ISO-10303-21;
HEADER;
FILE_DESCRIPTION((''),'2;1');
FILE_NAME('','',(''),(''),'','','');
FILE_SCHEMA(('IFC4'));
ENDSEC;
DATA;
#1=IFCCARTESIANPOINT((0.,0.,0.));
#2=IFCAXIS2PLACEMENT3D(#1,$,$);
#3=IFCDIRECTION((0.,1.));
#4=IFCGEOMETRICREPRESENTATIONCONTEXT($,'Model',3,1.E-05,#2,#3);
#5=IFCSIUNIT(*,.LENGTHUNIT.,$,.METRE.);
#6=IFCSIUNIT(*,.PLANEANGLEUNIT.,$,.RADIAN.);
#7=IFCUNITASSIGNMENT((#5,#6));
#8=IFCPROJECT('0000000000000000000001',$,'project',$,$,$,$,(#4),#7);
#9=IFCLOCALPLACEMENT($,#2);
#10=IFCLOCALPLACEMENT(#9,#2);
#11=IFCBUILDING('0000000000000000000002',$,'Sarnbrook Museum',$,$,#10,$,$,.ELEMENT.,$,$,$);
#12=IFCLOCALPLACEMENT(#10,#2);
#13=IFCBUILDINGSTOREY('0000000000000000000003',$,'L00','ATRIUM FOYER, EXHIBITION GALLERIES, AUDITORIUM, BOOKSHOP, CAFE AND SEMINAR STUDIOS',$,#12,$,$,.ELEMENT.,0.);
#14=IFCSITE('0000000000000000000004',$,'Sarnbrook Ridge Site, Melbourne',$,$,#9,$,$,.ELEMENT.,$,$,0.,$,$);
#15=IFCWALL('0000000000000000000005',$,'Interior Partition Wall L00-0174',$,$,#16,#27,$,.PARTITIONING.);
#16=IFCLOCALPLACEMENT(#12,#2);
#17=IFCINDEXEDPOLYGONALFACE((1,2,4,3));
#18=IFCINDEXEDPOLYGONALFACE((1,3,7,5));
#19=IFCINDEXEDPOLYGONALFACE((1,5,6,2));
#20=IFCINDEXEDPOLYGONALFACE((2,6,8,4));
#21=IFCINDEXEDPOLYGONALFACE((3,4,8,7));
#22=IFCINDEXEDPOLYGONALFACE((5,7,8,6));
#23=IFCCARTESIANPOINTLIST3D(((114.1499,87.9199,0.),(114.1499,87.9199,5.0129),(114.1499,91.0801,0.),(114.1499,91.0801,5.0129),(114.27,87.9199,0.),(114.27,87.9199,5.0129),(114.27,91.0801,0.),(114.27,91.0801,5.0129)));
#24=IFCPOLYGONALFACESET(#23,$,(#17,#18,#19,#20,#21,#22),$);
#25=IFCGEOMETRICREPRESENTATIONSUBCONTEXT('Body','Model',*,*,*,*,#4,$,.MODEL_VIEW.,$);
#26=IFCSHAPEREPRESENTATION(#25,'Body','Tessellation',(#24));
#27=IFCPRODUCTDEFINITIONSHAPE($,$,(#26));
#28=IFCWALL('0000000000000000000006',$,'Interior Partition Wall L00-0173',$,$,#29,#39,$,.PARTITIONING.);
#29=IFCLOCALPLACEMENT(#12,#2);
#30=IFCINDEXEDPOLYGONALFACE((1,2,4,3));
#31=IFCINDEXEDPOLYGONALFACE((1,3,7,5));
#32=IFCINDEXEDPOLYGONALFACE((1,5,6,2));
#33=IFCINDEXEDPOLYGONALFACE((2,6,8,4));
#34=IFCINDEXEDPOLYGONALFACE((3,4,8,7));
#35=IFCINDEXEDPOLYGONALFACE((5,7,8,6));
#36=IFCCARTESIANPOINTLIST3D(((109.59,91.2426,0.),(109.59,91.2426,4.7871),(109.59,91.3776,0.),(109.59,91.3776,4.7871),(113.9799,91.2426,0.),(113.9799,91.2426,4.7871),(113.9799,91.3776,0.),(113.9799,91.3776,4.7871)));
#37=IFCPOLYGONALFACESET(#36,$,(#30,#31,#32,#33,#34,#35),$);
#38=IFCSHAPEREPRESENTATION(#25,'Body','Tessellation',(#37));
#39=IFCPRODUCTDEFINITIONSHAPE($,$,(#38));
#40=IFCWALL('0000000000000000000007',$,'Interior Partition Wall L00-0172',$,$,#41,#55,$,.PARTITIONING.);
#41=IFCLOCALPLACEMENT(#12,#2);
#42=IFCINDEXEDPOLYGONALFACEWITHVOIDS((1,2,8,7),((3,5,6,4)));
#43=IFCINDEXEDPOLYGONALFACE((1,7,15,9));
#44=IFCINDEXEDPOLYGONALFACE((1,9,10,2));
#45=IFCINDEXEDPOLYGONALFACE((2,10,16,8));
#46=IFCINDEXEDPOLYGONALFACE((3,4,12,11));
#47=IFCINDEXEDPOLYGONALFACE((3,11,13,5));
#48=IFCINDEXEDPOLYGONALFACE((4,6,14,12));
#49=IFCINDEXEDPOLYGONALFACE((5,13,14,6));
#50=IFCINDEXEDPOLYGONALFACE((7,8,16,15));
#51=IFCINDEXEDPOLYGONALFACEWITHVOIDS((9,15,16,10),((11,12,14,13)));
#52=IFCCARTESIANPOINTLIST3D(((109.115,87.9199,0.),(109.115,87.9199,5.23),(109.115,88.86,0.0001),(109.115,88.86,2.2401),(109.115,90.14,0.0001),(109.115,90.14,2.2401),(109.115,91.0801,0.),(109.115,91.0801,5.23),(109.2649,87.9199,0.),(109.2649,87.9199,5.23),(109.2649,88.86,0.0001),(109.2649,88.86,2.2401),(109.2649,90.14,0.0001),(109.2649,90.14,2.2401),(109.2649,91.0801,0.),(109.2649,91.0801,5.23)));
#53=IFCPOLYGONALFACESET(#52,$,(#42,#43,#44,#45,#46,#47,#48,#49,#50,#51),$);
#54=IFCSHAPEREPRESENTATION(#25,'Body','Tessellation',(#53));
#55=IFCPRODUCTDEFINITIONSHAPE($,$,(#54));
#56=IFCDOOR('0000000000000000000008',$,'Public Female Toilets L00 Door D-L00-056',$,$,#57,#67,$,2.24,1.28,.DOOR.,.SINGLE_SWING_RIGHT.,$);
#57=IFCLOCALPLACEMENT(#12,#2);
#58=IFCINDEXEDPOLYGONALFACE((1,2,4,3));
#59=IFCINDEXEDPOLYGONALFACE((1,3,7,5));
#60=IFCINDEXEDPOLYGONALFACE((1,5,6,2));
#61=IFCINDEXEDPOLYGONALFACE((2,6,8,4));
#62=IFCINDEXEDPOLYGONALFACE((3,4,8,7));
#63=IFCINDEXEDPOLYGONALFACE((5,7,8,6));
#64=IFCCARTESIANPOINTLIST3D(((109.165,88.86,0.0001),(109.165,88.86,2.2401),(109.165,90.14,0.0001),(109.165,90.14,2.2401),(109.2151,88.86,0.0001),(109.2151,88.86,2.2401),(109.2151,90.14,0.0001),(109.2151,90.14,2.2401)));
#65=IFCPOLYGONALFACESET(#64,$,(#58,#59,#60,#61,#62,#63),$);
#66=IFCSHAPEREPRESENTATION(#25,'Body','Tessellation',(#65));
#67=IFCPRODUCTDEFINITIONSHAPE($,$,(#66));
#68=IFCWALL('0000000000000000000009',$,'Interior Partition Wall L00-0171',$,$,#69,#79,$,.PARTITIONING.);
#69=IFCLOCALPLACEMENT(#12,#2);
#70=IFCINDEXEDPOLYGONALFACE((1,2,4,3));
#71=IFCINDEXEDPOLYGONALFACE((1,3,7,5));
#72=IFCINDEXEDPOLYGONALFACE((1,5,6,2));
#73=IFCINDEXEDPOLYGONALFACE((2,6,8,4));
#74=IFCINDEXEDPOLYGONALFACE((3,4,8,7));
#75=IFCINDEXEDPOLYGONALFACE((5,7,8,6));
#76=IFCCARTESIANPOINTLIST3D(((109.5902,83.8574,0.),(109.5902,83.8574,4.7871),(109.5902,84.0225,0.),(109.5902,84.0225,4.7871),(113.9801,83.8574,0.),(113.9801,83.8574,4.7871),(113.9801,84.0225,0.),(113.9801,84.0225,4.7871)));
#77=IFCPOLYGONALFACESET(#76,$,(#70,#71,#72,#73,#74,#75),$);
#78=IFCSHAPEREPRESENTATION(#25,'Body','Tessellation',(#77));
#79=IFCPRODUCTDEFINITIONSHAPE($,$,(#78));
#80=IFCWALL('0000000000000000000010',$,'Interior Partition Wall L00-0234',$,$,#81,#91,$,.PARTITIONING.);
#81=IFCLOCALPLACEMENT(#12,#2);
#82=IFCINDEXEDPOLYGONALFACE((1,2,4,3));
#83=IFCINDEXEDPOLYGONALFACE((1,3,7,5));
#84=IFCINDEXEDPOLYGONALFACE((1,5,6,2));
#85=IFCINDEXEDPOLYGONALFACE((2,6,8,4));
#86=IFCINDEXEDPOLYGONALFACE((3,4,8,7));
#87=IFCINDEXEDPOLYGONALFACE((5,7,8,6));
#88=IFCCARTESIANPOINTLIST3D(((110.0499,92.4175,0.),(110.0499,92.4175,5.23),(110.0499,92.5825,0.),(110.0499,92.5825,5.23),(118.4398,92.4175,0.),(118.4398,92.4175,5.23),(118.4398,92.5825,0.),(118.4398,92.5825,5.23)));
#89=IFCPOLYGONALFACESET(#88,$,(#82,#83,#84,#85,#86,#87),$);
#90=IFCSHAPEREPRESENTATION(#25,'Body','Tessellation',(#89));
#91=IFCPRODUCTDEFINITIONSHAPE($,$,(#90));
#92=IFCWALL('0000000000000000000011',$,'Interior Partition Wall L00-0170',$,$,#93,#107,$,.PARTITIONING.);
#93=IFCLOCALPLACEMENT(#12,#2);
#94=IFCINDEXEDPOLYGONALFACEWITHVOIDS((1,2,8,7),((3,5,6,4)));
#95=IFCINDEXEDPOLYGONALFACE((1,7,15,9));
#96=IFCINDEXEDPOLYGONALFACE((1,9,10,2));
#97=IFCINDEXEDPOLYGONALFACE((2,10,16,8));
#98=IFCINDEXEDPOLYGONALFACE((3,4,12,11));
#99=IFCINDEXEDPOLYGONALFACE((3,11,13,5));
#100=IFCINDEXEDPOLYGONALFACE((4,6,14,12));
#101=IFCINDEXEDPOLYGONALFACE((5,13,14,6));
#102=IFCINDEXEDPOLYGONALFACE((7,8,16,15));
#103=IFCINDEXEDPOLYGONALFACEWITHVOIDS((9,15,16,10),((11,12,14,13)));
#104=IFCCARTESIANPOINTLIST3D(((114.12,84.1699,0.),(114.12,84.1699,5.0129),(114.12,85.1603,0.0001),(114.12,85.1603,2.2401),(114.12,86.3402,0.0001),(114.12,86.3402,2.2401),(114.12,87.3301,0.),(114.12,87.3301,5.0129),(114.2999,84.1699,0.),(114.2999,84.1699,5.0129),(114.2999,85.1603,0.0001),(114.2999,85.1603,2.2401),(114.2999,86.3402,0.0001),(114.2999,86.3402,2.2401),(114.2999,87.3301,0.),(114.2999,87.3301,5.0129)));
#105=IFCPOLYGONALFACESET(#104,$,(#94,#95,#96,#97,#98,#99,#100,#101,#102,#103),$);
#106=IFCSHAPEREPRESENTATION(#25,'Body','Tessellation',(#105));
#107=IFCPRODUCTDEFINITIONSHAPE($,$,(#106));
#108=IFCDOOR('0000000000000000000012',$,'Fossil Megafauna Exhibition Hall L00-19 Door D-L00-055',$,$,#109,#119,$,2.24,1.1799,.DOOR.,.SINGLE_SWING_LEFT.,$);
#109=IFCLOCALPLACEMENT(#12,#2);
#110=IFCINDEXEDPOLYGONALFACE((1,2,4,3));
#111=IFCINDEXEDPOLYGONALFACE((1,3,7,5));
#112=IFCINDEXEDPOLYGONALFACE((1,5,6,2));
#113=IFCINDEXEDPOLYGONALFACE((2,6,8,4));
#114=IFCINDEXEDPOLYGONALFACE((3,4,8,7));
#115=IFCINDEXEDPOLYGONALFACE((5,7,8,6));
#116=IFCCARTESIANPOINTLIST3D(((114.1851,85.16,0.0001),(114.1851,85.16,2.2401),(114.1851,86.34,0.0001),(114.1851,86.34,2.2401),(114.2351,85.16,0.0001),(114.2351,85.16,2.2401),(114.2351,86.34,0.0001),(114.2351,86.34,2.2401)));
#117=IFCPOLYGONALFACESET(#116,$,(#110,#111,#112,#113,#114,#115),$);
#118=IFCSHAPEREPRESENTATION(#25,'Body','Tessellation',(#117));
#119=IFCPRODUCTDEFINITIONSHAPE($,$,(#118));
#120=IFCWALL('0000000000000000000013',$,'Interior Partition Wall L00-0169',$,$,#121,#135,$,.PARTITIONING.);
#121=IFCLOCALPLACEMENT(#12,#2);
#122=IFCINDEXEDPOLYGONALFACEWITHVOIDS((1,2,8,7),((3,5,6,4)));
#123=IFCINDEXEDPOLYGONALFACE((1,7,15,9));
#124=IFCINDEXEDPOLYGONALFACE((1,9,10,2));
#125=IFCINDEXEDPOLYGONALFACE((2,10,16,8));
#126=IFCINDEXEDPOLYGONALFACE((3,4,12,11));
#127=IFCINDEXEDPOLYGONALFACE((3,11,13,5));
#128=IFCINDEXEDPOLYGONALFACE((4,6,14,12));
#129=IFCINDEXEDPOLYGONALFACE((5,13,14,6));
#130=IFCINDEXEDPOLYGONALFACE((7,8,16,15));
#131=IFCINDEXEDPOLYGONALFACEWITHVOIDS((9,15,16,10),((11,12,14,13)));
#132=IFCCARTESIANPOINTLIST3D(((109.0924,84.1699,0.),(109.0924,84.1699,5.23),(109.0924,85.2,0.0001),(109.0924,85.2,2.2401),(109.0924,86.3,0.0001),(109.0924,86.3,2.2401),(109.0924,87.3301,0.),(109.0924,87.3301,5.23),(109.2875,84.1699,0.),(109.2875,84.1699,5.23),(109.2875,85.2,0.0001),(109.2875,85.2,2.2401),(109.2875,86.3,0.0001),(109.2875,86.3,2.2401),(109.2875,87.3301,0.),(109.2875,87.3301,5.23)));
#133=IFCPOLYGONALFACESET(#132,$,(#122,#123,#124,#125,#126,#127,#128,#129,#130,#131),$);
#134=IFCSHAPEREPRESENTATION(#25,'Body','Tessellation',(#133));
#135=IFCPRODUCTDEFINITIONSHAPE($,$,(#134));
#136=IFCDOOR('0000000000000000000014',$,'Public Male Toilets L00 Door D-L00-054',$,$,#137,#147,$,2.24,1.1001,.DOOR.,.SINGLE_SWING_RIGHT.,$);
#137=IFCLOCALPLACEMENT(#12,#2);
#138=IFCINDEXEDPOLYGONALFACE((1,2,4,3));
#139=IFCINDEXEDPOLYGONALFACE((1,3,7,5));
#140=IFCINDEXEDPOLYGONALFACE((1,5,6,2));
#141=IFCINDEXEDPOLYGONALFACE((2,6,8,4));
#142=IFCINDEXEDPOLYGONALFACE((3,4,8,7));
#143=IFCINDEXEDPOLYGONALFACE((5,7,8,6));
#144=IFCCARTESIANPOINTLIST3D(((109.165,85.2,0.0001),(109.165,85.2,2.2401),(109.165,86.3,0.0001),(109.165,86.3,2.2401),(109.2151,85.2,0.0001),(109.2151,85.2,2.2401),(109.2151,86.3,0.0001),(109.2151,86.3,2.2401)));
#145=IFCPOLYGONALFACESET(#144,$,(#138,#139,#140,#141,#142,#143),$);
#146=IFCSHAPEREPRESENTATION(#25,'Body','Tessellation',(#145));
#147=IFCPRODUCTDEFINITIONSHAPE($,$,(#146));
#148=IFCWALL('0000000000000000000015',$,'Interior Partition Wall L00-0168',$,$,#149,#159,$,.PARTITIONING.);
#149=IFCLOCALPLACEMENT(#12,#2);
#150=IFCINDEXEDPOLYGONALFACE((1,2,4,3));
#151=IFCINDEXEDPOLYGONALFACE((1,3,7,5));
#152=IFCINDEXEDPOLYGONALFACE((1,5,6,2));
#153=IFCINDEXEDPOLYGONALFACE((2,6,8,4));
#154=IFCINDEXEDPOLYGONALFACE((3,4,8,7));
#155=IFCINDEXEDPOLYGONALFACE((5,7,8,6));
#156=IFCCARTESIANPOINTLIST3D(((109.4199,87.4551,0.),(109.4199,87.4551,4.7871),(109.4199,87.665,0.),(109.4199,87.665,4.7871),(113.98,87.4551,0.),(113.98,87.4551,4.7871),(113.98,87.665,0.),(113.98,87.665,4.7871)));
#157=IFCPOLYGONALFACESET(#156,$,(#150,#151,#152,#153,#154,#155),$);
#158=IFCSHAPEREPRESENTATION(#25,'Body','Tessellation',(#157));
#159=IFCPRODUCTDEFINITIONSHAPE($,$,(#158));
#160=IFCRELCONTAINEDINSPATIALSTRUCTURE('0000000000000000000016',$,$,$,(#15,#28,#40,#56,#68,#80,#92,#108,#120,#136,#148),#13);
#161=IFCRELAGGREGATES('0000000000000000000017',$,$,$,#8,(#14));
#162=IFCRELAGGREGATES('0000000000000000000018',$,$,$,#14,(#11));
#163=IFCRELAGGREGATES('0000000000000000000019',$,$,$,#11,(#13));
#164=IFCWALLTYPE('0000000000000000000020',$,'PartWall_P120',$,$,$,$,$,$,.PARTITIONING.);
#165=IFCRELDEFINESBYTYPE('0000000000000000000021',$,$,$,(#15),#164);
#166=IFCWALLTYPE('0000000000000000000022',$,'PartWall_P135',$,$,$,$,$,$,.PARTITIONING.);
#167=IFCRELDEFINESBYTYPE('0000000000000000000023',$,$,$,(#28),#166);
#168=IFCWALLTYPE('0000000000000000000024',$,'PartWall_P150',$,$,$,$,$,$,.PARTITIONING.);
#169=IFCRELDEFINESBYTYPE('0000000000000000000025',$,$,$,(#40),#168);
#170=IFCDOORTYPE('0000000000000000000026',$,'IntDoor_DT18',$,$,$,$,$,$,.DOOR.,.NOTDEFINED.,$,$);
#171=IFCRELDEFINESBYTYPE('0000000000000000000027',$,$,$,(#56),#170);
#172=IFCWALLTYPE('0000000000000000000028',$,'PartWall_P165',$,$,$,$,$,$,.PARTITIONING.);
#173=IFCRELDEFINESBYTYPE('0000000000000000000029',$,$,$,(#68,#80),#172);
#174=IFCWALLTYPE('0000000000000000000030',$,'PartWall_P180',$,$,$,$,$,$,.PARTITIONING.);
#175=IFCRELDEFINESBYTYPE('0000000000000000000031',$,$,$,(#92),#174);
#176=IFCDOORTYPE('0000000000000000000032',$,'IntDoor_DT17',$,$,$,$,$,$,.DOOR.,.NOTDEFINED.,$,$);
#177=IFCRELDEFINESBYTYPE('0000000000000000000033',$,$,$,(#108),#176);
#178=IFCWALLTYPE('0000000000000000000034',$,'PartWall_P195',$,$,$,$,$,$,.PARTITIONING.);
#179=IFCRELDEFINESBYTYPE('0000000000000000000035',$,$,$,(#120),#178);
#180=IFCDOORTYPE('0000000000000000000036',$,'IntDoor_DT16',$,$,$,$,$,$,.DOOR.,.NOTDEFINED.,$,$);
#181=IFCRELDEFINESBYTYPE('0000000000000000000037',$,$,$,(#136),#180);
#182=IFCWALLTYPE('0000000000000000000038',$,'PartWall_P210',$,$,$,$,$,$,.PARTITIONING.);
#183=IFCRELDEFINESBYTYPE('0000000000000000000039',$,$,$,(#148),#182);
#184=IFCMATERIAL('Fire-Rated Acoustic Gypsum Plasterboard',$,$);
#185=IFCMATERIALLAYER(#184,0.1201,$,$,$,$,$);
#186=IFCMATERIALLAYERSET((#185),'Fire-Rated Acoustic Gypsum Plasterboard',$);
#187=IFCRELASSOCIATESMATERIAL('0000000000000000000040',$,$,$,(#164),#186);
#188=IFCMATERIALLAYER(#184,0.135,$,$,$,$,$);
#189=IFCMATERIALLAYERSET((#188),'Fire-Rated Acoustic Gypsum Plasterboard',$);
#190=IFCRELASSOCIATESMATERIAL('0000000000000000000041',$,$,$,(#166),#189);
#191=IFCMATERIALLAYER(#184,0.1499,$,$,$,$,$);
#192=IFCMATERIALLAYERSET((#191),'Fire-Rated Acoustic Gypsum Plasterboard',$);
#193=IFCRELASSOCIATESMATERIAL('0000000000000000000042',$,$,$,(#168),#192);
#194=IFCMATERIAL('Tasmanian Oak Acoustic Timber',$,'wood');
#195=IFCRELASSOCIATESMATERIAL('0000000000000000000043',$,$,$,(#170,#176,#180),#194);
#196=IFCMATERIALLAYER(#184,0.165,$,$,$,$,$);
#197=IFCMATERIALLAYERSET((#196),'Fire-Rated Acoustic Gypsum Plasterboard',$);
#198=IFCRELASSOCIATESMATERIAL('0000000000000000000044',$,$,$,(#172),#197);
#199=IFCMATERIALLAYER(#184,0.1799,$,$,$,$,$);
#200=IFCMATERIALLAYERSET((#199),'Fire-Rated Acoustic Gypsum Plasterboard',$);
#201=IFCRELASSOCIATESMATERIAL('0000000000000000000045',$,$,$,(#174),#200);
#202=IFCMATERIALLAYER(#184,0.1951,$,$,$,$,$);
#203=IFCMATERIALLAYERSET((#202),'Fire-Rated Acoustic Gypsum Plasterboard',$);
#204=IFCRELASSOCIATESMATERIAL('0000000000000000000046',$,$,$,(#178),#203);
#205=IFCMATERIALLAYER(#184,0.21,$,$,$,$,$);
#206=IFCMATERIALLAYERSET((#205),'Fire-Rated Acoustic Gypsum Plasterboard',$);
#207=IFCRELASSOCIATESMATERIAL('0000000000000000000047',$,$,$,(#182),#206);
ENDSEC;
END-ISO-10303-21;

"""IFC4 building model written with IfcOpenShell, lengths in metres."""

from ifc_helpers import new_model, si_unit, direction, frame, frame_2d, origin, place, context, subcontext, project, spatial, rectangle, extrude, material, layer, layer_set, type_object, element, fill, save


model = new_model("IFC4")

# Units and contexts
model_context = context("Model", 3, precision=1e-05, world=origin(), true_north=direction((0.0, 1.0)))
body_context = subcontext(model_context, "Body", "Model", "MODEL_VIEW")
ifc_project = project(units=[si_unit("LENGTHUNIT", "METRE"), si_unit("PLANEANGLEUNIT", "RADIAN")], contexts=[model_context])

# Site, building, storey
site_placement = place(None, origin())
site = spatial("IfcSite", under=ifc_project, at=site_placement, Name="Sarnbrook Ridge Site, Melbourne", CompositionType="ELEMENT", RefElevation=0.0)
building_placement = place(site_placement, origin())
building = spatial("IfcBuilding", under=site, at=building_placement, Name="Sarnbrook Museum", CompositionType="ELEMENT")
storey_placement = place(building_placement, origin())
storey = spatial("IfcBuildingStorey", under=building, at=storey_placement, Name="L00", Description="ATRIUM FOYER, EXHIBITION GALLERIES, AUDITORIUM, BOOKSHOP, CAFE AND SEMINAR STUDIOS", CompositionType="ELEMENT", Elevation=0.0)

# Walls
ifc_material_1 = material(Name="Fire-Rated Acoustic Gypsum Plasterboard")
ifc_layer_1 = layer(ifc_material_1, 0.1201)
ifc_layer_set_1 = layer_set([ifc_layer_1], Name="Fire-Rated Acoustic Gypsum Plasterboard")
wall_type_1 = type_object("IfcWallType", Name="PartWall_P120", PredefinedType="PARTITIONING", material=ifc_layer_set_1)
wall_1_placement = place(storey_placement, frame((114.21, 91.0801, 0.0), z_axis=(0.0, 0.0, 1.0), x_axis=(0.0, -1.0, 0.0)))
element("IfcWall", 1, at=wall_1_placement, inside=storey, type_object=wall_type_1, Name="Interior Partition Wall L00-0174", PredefinedType="PARTITIONING", context=body_context, shape_type="SweptSolid", body=[
    extrude(rectangle(XDim=3.1602, YDim=0.1201, at=frame_2d((1.5801, 0.0))), origin(), (0.0, 0.0, 1.0), 5.0129),
])
ifc_layer_2 = layer(ifc_material_1, 0.135)
ifc_layer_set_2 = layer_set([ifc_layer_2], Name="Fire-Rated Acoustic Gypsum Plasterboard")
wall_type_2 = type_object("IfcWallType", Name="PartWall_P135", PredefinedType="PARTITIONING", material=ifc_layer_set_2)
wall_2_placement = place(storey_placement, frame((109.5901, 91.3101, 0.0), z_axis=(0.0, 0.0, 1.0), x_axis=(1.0, 0.0, 0.0)))
element("IfcWall", 2, at=wall_2_placement, inside=storey, type_object=wall_type_2, Name="Interior Partition Wall L00-0173", PredefinedType="PARTITIONING", context=body_context, shape_type="SweptSolid", body=[
    extrude(rectangle(XDim=4.3899, YDim=0.135, at=frame_2d((2.1948, 0.0))), origin(), (0.0, 0.0, 1.0), 4.7871),
])

# Wall, opening, door
ifc_layer_3 = layer(ifc_material_1, 0.1499)
ifc_layer_set_3 = layer_set([ifc_layer_3], Name="Fire-Rated Acoustic Gypsum Plasterboard")
wall_type_3 = type_object("IfcWallType", Name="PartWall_P150", PredefinedType="PARTITIONING", material=ifc_layer_set_3)
wall_3_placement = place(storey_placement, frame((109.1899, 87.9199, 0.0), z_axis=(0.0, 0.0, 1.0), x_axis=(0.0, 1.0, 0.0)))
wall_3 = element("IfcWall", 3, at=wall_3_placement, inside=storey, type_object=wall_type_3, Name="Interior Partition Wall L00-0172", PredefinedType="PARTITIONING", context=body_context, shape_type="SweptSolid", body=[
    extrude(rectangle(XDim=3.1602, YDim=0.1499, at=frame_2d((1.5801, 0.0))), origin(), (0.0, 0.0, 1.0), 5.23),
])
opening_1_placement = place(wall_3_placement, frame((0.9399, 0.0, 0.0)))
opening_1 = element("IfcOpeningElement", 4, at=opening_1_placement, cuts=wall_3, PredefinedType="OPENING", context=body_context, shape_type="SweptSolid", body=[
    extrude(rectangle(XDim=1.28, YDim=2.24, at=frame_2d((0.6401, 1.1201))), frame((0.0, 0.085, 0.0), z_axis=(0.0, -1.0, 0.0), x_axis=(1.0, 0.0, 0.0)), (0.0, 0.0, 1.0), 0.1699),
])
ifc_material_2 = material(Name="Tasmanian Oak Acoustic Timber", Category="wood")
door_type_1 = type_object("IfcDoorType", Name="IntDoor_DT18", OperationType="NOTDEFINED", PredefinedType="DOOR", material=ifc_material_2)
door_1_placement = place(opening_1_placement, origin())
door_1 = element("IfcDoor", 5, at=door_1_placement, inside=storey, type_object=door_type_1, Name="Public Female Toilets L00 Door D-L00-056", OperationType="SINGLE_SWING_RIGHT", OverallHeight=2.24, OverallWidth=1.28, PredefinedType="DOOR", context=body_context, shape_type="SweptSolid", body=[
    extrude(rectangle(XDim=1.28, YDim=2.24, at=frame_2d((0.6401, 1.1201))), frame((0.0, 0.0249, 0.0), z_axis=(0.0, -1.0, 0.0), x_axis=(1.0, 0.0, 0.0)), (0.0, 0.0, 1.0), 0.05),
])
fill(opening_1, door_1)

# Walls
ifc_layer_4 = layer(ifc_material_1, 0.165)
ifc_layer_set_4 = layer_set([ifc_layer_4], Name="Fire-Rated Acoustic Gypsum Plasterboard")
wall_type_4 = type_object("IfcWallType", Name="PartWall_P165", PredefinedType="PARTITIONING", material=ifc_layer_set_4)
wall_4_placement = place(storey_placement, frame((113.98, 83.9399, 0.0), z_axis=(0.0, 0.0, 1.0), x_axis=(-1.0, 0.0, 0.0)))
element("IfcWall", 6, at=wall_4_placement, inside=storey, type_object=wall_type_4, Name="Interior Partition Wall L00-0171", PredefinedType="PARTITIONING", context=body_context, shape_type="SweptSolid", body=[
    extrude(rectangle(XDim=4.3899, YDim=0.165, at=frame_2d((2.1948, 0.0))), origin(), (0.0, 0.0, 1.0), 4.7871),
])
wall_5_placement = place(storey_placement, frame((110.05, 92.5, 0.0), z_axis=(0.0, 0.0, 1.0), x_axis=(1.0, 0.0, 0.0)))
element("IfcWall", 7, at=wall_5_placement, inside=storey, type_object=wall_type_4, Name="Interior Partition Wall L00-0234", PredefinedType="PARTITIONING", context=body_context, shape_type="SweptSolid", body=[
    extrude(rectangle(XDim=8.3899, YDim=0.165, at=frame_2d((4.1948, 0.0))), origin(), (0.0, 0.0, 1.0), 5.23),
])

# Walls, openings, doors
ifc_layer_5 = layer(ifc_material_1, 0.1799)
ifc_layer_set_5 = layer_set([ifc_layer_5], Name="Fire-Rated Acoustic Gypsum Plasterboard")
wall_type_5 = type_object("IfcWallType", Name="PartWall_P180", PredefinedType="PARTITIONING", material=ifc_layer_set_5)
wall_6_placement = place(storey_placement, frame((114.21, 87.3301, 0.0), z_axis=(0.0, 0.0, 1.0), x_axis=(0.0, -1.0, 0.0)))
wall_6 = element("IfcWall", 8, at=wall_6_placement, inside=storey, type_object=wall_type_5, Name="Interior Partition Wall L00-0170", PredefinedType="PARTITIONING", context=body_context, shape_type="SweptSolid", body=[
    extrude(rectangle(XDim=3.1602, YDim=0.1799, at=frame_2d((1.5801, 0.0))), origin(), (0.0, 0.0, 1.0), 5.0129),
])
opening_2_placement = place(wall_6_placement, frame((0.99, 0.0, 0.0)))
opening_2 = element("IfcOpeningElement", 9, at=opening_2_placement, cuts=wall_6, PredefinedType="OPENING", context=body_context, shape_type="SweptSolid", body=[
    extrude(rectangle(XDim=1.1799, YDim=2.24, at=frame_2d((0.5898, 1.1201))), frame((0.0, 0.1001, 0.0), z_axis=(0.0, -1.0, 0.0), x_axis=(1.0, 0.0, 0.0)), (0.0, 0.0, 1.0), 0.2),
])
door_type_2 = type_object("IfcDoorType", Name="IntDoor_DT17", OperationType="NOTDEFINED", PredefinedType="DOOR", material=ifc_material_2)
door_2_placement = place(opening_2_placement, frame((1.1799, 0.0, 0.0), z_axis=(0.0, 0.0, 1.0), x_axis=(-1.0, 0.0, 0.0)))
door_2 = element("IfcDoor", 10, at=door_2_placement, inside=storey, type_object=door_type_2, Name="Fossil Megafauna Exhibition Hall L00-19 Door D-L00-055", OperationType="SINGLE_SWING_LEFT", OverallHeight=2.24, OverallWidth=1.1799, PredefinedType="DOOR", context=body_context, shape_type="SweptSolid", body=[
    extrude(rectangle(XDim=1.1799, YDim=2.24, at=frame_2d((0.5898, 1.1201))), frame((0.0, 0.0249, 0.0), z_axis=(0.0, -1.0, 0.0), x_axis=(1.0, 0.0, 0.0)), (0.0, 0.0, 1.0), 0.05),
])
fill(opening_2, door_2)
ifc_layer_6 = layer(ifc_material_1, 0.1951)
ifc_layer_set_6 = layer_set([ifc_layer_6], Name="Fire-Rated Acoustic Gypsum Plasterboard")
wall_type_6 = type_object("IfcWallType", Name="PartWall_P195", PredefinedType="PARTITIONING", material=ifc_layer_set_6)
wall_7_placement = place(storey_placement, frame((109.1899, 84.1699, 0.0), z_axis=(0.0, 0.0, 1.0), x_axis=(0.0, 1.0, 0.0)))
wall_7 = element("IfcWall", 11, at=wall_7_placement, inside=storey, type_object=wall_type_6, Name="Interior Partition Wall L00-0169", PredefinedType="PARTITIONING", context=body_context, shape_type="SweptSolid", body=[
    extrude(rectangle(XDim=3.1602, YDim=0.1951, at=frame_2d((1.5801, 0.0))), origin(), (0.0, 0.0, 1.0), 5.23),
])
opening_3_placement = place(wall_7_placement, frame((1.03, 0.0, 0.0)))
opening_3 = element("IfcOpeningElement", 12, at=opening_3_placement, cuts=wall_7, PredefinedType="OPENING", context=body_context, shape_type="SweptSolid", body=[
    extrude(rectangle(XDim=1.1001, YDim=2.24, at=frame_2d((0.55, 1.1201))), frame((0.0, 0.1074, 0.0), z_axis=(0.0, -1.0, 0.0), x_axis=(1.0, 0.0, 0.0)), (0.0, 0.0, 1.0), 0.2151),
])
door_type_3 = type_object("IfcDoorType", Name="IntDoor_DT16", OperationType="NOTDEFINED", PredefinedType="DOOR", material=ifc_material_2)
door_3_placement = place(opening_3_placement, origin())
door_3 = element("IfcDoor", 13, at=door_3_placement, inside=storey, type_object=door_type_3, Name="Public Male Toilets L00 Door D-L00-054", OperationType="SINGLE_SWING_RIGHT", OverallHeight=2.24, OverallWidth=1.1001, PredefinedType="DOOR", context=body_context, shape_type="SweptSolid", body=[
    extrude(rectangle(XDim=1.1001, YDim=2.24, at=frame_2d((0.55, 1.1201))), frame((0.0, 0.0249, 0.0), z_axis=(0.0, -1.0, 0.0), x_axis=(1.0, 0.0, 0.0)), (0.0, 0.0, 1.0), 0.05),
])
fill(opening_3, door_3)

# Wall
ifc_layer_7 = layer(ifc_material_1, 0.21)
ifc_layer_set_7 = layer_set([ifc_layer_7], Name="Fire-Rated Acoustic Gypsum Plasterboard")
wall_type_7 = type_object("IfcWallType", Name="PartWall_P210", PredefinedType="PARTITIONING", material=ifc_layer_set_7)
wall_8_placement = place(storey_placement, frame((109.4199, 87.5601, 0.0), z_axis=(0.0, 0.0, 1.0), x_axis=(1.0, 0.0, 0.0)))
element("IfcWall", 14, at=wall_8_placement, inside=storey, type_object=wall_type_7, Name="Interior Partition Wall L00-0168", PredefinedType="PARTITIONING", context=body_context, shape_type="SweptSolid", body=[
    extrude(rectangle(XDim=4.5601, YDim=0.21, at=frame_2d((2.28, 0.0))), origin(), (0.0, 0.0, 1.0), 4.7871),
])

save(model, "model.ifc")
